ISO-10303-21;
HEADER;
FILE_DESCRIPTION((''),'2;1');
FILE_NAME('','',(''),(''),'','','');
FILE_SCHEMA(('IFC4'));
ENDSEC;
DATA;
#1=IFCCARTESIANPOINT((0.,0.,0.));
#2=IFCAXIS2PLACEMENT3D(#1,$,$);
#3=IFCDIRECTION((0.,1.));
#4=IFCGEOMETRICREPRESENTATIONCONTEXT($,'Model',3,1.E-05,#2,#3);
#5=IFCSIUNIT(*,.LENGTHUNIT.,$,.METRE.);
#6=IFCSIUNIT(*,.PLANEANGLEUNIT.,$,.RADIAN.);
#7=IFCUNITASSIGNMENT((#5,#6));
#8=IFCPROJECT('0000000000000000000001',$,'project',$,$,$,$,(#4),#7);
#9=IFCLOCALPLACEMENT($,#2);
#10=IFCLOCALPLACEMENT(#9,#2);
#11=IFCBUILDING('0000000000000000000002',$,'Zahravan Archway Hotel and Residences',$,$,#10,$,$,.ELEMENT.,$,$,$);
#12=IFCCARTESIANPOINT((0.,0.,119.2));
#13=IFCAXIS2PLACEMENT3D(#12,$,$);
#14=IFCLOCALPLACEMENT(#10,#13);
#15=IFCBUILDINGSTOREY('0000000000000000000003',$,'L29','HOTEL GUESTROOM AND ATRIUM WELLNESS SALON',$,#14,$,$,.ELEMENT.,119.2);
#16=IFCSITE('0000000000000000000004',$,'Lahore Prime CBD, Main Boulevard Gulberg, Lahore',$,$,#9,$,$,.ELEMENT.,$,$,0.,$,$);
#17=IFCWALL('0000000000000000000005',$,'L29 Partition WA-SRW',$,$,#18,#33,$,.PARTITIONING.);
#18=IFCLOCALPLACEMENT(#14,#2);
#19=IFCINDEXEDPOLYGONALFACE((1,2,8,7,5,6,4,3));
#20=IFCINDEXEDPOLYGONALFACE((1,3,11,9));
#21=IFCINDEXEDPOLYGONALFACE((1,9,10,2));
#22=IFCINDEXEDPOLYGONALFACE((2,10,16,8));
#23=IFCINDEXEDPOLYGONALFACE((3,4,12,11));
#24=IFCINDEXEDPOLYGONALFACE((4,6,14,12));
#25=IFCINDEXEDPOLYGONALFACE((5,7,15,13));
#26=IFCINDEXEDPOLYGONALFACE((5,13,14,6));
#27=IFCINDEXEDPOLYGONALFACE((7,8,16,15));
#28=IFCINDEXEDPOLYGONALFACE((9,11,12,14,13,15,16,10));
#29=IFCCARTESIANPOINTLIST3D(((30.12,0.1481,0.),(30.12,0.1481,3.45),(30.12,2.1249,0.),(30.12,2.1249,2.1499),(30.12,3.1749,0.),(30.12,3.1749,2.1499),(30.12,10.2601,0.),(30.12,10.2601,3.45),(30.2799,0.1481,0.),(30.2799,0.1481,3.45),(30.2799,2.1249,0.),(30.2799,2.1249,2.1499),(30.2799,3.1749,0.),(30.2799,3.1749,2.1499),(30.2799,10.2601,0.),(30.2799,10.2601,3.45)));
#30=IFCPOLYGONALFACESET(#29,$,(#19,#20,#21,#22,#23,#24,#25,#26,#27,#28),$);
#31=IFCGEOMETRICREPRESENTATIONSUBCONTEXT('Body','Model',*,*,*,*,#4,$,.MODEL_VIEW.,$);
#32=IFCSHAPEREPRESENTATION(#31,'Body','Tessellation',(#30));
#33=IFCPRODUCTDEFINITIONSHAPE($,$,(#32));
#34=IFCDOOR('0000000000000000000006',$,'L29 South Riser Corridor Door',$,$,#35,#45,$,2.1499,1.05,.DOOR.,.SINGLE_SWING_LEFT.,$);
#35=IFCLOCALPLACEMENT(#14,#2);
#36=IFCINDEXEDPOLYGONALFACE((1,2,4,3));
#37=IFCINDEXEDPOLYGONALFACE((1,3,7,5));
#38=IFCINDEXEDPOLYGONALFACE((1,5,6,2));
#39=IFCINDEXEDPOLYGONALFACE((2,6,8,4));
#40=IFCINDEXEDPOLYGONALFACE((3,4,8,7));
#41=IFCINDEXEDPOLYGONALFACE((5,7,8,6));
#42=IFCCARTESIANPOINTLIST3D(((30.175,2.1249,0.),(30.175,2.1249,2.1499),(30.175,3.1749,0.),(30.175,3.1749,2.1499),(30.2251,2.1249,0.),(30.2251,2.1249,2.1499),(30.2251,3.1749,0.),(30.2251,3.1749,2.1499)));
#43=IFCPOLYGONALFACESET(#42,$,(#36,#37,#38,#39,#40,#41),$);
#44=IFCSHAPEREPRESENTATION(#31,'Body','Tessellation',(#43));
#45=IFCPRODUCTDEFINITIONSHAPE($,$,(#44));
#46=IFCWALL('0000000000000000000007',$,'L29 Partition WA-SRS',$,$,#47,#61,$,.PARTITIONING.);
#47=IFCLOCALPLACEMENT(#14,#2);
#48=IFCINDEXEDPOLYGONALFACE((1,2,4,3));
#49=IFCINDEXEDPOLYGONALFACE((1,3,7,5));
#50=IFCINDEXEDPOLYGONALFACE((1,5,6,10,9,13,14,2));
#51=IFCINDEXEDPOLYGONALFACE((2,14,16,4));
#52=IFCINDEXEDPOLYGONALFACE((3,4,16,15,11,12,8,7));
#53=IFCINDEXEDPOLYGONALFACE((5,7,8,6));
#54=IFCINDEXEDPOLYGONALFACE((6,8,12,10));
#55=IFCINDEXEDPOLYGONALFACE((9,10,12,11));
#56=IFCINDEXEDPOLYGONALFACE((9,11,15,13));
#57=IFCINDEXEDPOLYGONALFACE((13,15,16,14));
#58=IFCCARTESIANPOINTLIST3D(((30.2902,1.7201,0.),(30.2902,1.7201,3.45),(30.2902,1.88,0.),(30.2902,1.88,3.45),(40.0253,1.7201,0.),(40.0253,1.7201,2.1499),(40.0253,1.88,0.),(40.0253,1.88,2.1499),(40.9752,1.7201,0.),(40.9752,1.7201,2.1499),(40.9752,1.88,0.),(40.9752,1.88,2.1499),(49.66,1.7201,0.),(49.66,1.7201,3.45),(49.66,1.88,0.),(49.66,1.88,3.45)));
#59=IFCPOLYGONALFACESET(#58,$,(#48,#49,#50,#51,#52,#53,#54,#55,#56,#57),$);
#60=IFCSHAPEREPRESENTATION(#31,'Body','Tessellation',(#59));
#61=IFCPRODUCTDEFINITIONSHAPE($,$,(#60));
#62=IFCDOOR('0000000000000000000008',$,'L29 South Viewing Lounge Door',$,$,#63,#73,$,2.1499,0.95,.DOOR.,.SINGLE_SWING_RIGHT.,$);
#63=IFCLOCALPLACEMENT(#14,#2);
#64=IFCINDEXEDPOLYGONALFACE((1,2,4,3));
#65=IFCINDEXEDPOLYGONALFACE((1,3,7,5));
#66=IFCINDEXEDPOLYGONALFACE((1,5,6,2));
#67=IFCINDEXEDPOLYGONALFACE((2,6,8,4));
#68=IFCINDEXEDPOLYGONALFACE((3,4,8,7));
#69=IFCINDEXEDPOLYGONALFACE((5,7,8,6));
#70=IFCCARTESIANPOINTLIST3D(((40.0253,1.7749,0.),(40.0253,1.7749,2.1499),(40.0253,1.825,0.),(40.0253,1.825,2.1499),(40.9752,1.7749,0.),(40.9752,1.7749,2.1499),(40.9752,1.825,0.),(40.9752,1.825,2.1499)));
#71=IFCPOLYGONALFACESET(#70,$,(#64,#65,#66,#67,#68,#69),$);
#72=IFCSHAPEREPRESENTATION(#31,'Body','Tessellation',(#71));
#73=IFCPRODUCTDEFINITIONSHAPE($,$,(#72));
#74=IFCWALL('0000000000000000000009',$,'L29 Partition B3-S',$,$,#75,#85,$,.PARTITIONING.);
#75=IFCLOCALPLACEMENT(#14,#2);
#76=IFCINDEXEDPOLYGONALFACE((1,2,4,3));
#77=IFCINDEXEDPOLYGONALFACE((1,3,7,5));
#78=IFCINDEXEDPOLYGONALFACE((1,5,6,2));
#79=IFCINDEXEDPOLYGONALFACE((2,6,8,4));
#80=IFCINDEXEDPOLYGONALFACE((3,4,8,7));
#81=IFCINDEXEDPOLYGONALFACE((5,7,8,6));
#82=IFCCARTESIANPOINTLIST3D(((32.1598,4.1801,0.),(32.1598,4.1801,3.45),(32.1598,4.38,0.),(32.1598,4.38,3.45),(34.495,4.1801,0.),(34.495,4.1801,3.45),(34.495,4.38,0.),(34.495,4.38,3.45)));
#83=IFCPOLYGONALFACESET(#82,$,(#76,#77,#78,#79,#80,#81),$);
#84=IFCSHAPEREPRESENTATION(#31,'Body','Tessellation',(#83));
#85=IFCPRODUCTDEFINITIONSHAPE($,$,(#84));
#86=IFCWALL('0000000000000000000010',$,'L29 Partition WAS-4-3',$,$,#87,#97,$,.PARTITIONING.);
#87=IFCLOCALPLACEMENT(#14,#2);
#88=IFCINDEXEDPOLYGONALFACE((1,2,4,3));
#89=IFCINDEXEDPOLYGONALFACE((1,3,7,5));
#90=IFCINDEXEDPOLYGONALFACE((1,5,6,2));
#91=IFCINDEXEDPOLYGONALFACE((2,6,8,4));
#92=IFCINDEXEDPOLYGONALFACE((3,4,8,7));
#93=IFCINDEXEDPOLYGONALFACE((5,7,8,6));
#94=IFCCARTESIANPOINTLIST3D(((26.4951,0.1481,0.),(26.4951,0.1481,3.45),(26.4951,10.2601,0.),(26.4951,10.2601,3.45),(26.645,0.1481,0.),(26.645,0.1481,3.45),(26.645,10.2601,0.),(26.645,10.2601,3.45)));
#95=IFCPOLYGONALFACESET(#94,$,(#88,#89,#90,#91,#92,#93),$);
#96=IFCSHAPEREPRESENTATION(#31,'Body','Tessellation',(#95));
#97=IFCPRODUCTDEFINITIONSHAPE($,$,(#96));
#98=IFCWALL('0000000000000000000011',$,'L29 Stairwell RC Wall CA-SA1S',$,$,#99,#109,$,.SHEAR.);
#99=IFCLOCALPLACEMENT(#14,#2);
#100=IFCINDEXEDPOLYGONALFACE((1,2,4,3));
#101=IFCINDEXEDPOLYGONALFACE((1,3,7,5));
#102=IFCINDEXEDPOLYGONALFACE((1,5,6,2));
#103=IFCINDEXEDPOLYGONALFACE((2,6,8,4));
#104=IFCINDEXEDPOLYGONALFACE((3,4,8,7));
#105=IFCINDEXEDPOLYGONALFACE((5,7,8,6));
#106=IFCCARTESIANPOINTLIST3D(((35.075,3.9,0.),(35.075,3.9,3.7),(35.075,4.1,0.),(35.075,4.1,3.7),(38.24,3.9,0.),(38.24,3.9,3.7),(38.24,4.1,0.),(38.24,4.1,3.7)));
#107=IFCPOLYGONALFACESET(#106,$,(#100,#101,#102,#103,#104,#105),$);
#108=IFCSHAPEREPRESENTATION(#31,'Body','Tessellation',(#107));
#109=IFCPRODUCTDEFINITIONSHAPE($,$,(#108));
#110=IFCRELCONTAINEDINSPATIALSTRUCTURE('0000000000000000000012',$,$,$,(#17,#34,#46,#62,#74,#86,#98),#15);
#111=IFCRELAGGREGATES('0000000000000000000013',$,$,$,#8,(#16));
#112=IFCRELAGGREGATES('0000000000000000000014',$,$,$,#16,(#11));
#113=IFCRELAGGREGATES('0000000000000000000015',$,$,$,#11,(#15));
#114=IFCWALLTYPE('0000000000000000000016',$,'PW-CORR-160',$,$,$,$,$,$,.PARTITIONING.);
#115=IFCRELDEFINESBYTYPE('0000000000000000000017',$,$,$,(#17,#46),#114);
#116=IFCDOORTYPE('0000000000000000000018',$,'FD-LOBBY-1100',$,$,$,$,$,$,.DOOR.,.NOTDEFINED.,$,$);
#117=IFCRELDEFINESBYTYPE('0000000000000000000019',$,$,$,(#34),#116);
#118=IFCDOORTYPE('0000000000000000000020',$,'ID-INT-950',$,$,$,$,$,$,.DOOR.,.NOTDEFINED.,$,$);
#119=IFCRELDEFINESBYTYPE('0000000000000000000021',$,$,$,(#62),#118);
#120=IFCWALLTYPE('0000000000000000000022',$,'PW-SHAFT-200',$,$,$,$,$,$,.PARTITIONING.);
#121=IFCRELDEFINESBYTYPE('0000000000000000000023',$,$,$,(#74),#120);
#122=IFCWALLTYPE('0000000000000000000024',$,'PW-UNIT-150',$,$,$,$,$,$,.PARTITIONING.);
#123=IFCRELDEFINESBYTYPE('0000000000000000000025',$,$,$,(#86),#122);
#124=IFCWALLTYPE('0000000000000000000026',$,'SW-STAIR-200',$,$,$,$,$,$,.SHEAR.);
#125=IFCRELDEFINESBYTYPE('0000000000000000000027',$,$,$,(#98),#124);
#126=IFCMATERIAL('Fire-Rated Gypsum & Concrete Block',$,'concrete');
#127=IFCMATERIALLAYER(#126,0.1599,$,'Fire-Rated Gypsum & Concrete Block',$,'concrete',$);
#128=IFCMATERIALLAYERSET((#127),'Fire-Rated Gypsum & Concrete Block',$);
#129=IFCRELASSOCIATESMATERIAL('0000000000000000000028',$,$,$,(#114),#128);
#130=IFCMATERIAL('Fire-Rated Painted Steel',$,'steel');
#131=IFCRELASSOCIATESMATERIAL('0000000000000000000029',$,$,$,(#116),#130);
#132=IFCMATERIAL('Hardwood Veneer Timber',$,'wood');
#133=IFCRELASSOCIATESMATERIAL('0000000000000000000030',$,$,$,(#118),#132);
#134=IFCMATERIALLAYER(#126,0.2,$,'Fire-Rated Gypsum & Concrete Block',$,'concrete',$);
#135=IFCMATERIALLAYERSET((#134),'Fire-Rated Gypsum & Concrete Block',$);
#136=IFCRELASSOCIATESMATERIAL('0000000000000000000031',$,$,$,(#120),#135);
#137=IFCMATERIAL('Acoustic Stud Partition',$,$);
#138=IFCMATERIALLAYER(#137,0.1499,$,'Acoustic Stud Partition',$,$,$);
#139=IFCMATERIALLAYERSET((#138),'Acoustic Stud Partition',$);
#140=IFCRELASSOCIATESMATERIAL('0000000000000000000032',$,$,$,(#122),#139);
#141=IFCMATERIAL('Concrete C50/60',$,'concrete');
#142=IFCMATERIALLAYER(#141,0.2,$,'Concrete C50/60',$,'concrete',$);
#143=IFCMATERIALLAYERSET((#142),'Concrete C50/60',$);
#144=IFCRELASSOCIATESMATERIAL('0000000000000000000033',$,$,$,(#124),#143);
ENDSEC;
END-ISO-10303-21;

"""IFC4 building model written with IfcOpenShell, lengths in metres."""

from ifc_helpers import new_model, si_unit, direction, frame, frame_2d, origin, place, context, subcontext, project, spatial, rectangle, extrude, source, transform, mapped, material, layer, layer_set, type_object, type_shapes, element, fill, save


model = new_model("IFC4")

# Units and contexts
model_context = context("Model", 3, precision=1e-05, world=origin(), true_north=direction((0.0, 1.0)))
body_context = subcontext(model_context, "Body", "Model", "MODEL_VIEW")
ifc_project = project(units=[si_unit("LENGTHUNIT", "METRE"), si_unit("PLANEANGLEUNIT", "RADIAN")], contexts=[model_context])

# Site, building, storey
site_placement = place(None, origin())
site = spatial("IfcSite", under=ifc_project, at=site_placement, Name="Lahore Prime CBD, Main Boulevard Gulberg, Lahore", CompositionType="ELEMENT", RefElevation=0.0)
building_placement = place(site_placement, origin())
building = spatial("IfcBuilding", under=site, at=building_placement, Name="Zahravan Archway Hotel and Residences", CompositionType="ELEMENT")
storey_placement = place(building_placement, frame((0.0, 0.0, 119.2)))
storey = spatial("IfcBuildingStorey", under=building, at=storey_placement, Name="L29", Description="HOTEL GUESTROOM AND ATRIUM WELLNESS SALON", CompositionType="ELEMENT", Elevation=119.2)

# Shared definitions
ifc_material_1 = material(Name="Fire-Rated Painted Steel", Category="steel")

# Walls, openings, doors
ifc_material_2 = material(Name="Fire-Rated Gypsum & Concrete Block", Category="concrete")
ifc_layer_1 = layer(ifc_material_2, 0.1599, Name="Fire-Rated Gypsum & Concrete Block", Category="concrete")
ifc_layer_set_1 = layer_set([ifc_layer_1], Name="Fire-Rated Gypsum & Concrete Block")
wall_type_1 = type_object("IfcWallType", Name="PW-CORR-160", PredefinedType="PARTITIONING", material=ifc_layer_set_1)
wall_1_placement = place(storey_placement, frame((30.2, 0.1479, 0.0), z_axis=(0.0, 0.0, 1.0), x_axis=(0.0, 1.0, 0.0)))
wall_1 = element("IfcWall", 1, at=wall_1_placement, inside=storey, type_object=wall_type_1, Name="L29 Partition WA-SRW", PredefinedType="PARTITIONING", context=body_context, shape_type="SweptSolid", body=[
    extrude(rectangle(XDim=10.1121, YDim=0.1599, at=frame_2d((5.0562, 0.0))), origin(), (0.0, 0.0, 1.0), 3.45),
])
opening_1_placement = place(wall_1_placement, frame((1.9771, 0.0, 0.0)))
opening_1 = element("IfcOpeningElement", 2, at=opening_1_placement, cuts=wall_1, PredefinedType="OPENING", context=body_context, shape_type="SweptSolid", body=[
    extrude(rectangle(XDim=1.05, YDim=2.1499, at=frame_2d((0.5249, 1.075))), frame((0.0, 0.0898, 0.0), z_axis=(0.0, -1.0, 0.0), x_axis=(1.0, 0.0, 0.0)), (0.0, 0.0, 1.0), 0.1799),
])
door_type_1 = type_object("IfcDoorType", Name="FD-LOBBY-1100", OperationType="NOTDEFINED", PredefinedType="DOOR", material=ifc_material_1)
shared_shape_1 = source(origin(), body_context, "Body", "SweptSolid", [
    extrude(rectangle(XDim=1.05, YDim=2.1499, at=frame_2d((0.5249, 1.075))), frame((0.0, 0.0249, 0.0), z_axis=(0.0, -1.0, 0.0), x_axis=(1.0, 0.0, 0.0)), (0.0, 0.0, 1.0), 0.05),
])
type_shapes(door_type_1, [shared_shape_1])
door_1_placement = place(opening_1_placement, origin())
door_1 = element("IfcDoor", 3, at=door_1_placement, inside=storey, type_object=door_type_1, Name="L29 South Riser Corridor Door", OperationType="SINGLE_SWING_LEFT", OverallHeight=2.1499, OverallWidth=1.05, PredefinedType="DOOR", context=body_context, shape_type="MappedRepresentation", body=[
    mapped(shared_shape_1, transform((0.0, 0.0, 0.0), scale=1.0)),
])
fill(opening_1, door_1)
wall_2_placement = place(storey_placement, frame((30.29, 1.8, 0.0), z_axis=(0.0, 0.0, 1.0), x_axis=(1.0, 0.0, 0.0)))
wall_2 = element("IfcWall", 4, at=wall_2_placement, inside=storey, type_object=wall_type_1, Name="L29 Partition WA-SRS", PredefinedType="PARTITIONING", context=body_context, shape_type="SweptSolid", body=[
    extrude(rectangle(XDim=19.3699, YDim=0.1599, at=frame_2d((9.6851, 0.0))), origin(), (0.0, 0.0, 1.0), 3.45),
])
opening_2_placement = place(wall_2_placement, frame((9.7351, 0.0, 0.0)))
opening_2 = element("IfcOpeningElement", 5, at=opening_2_placement, cuts=wall_2, PredefinedType="OPENING", context=body_context, shape_type="SweptSolid", body=[
    extrude(rectangle(XDim=0.95, YDim=2.1499, at=frame_2d((0.4751, 1.075))), frame((0.0, 0.0898, 0.0), z_axis=(0.0, -1.0, 0.0), x_axis=(1.0, 0.0, 0.0)), (0.0, 0.0, 1.0), 0.1799),
])
ifc_material_3 = material(Name="Hardwood Veneer Timber", Category="wood")
door_type_2 = type_object("IfcDoorType", Name="ID-INT-950", OperationType="NOTDEFINED", PredefinedType="DOOR", material=ifc_material_3)
shared_shape_2 = source(origin(), body_context, "Body", "SweptSolid", [
    extrude(rectangle(XDim=0.95, YDim=2.1499, at=frame_2d((0.4751, 1.075))), frame((0.0, 0.0249, 0.0), z_axis=(0.0, -1.0, 0.0), x_axis=(1.0, 0.0, 0.0)), (0.0, 0.0, 1.0), 0.05),
])
type_shapes(door_type_2, [shared_shape_2])
door_2_placement = place(opening_2_placement, origin())
door_2 = element("IfcDoor", 6, at=door_2_placement, inside=storey, type_object=door_type_2, Name="L29 South Viewing Lounge Door", OperationType="SINGLE_SWING_RIGHT", OverallHeight=2.1499, OverallWidth=0.95, PredefinedType="DOOR", context=body_context, shape_type="MappedRepresentation", body=[
    mapped(shared_shape_2, transform((0.0, 0.0, 0.0), scale=1.0)),
])
fill(opening_2, door_2)

# Walls
ifc_layer_2 = layer(ifc_material_2, 0.2, Name="Fire-Rated Gypsum & Concrete Block", Category="concrete")
ifc_layer_set_2 = layer_set([ifc_layer_2], Name="Fire-Rated Gypsum & Concrete Block")
wall_type_2 = type_object("IfcWallType", Name="PW-SHAFT-200", PredefinedType="PARTITIONING", material=ifc_layer_set_2)
wall_3_placement = place(storey_placement, frame((32.1599, 4.28, 0.0), z_axis=(0.0, 0.0, 1.0), x_axis=(1.0, 0.0, 0.0)))
element("IfcWall", 7, at=wall_3_placement, inside=storey, type_object=wall_type_2, Name="L29 Partition B3-S", PredefinedType="PARTITIONING", context=body_context, shape_type="SweptSolid", body=[
    extrude(rectangle(XDim=2.3352, YDim=0.2, at=frame_2d((1.1675, 0.0))), origin(), (0.0, 0.0, 1.0), 3.45),
])
ifc_material_4 = material(Name="Acoustic Stud Partition")
ifc_layer_3 = layer(ifc_material_4, 0.1499, Name="Acoustic Stud Partition")
ifc_layer_set_3 = layer_set([ifc_layer_3], Name="Acoustic Stud Partition")
wall_type_3 = type_object("IfcWallType", Name="PW-UNIT-150", PredefinedType="PARTITIONING", material=ifc_layer_set_3)
wall_4_placement = place(storey_placement, frame((26.5701, 0.1479, 0.0), z_axis=(0.0, 0.0, 1.0), x_axis=(0.0, 1.0, 0.0)))
element("IfcWall", 8, at=wall_4_placement, inside=storey, type_object=wall_type_3, Name="L29 Partition WAS-4-3", PredefinedType="PARTITIONING", context=body_context, shape_type="SweptSolid", body=[
    extrude(rectangle(XDim=10.1121, YDim=0.1499, at=frame_2d((5.0562, 0.0))), origin(), (0.0, 0.0, 1.0), 3.45),
])
ifc_material_5 = material(Name="Concrete C50/60", Category="concrete")
ifc_layer_4 = layer(ifc_material_5, 0.2, Name="Concrete C50/60", Category="concrete")
ifc_layer_set_4 = layer_set([ifc_layer_4], Name="Concrete C50/60")
wall_type_4 = type_object("IfcWallType", Name="SW-STAIR-200", PredefinedType="SHEAR", material=ifc_layer_set_4)
wall_5_placement = place(storey_placement, frame((35.075, 4.0, 0.0), z_axis=(0.0, 0.0, 1.0), x_axis=(1.0, 0.0, 0.0)))
element("IfcWall", 9, at=wall_5_placement, inside=storey, type_object=wall_type_4, Name="L29 Stairwell RC Wall CA-SA1S", PredefinedType="SHEAR", context=body_context, shape_type="SweptSolid", body=[
    extrude(rectangle(XDim=3.165, YDim=0.2, at=frame_2d((1.5825, 0.0))), origin(), (0.0, 0.0, 1.0), 3.7),
])

save(model, "model.ifc")
